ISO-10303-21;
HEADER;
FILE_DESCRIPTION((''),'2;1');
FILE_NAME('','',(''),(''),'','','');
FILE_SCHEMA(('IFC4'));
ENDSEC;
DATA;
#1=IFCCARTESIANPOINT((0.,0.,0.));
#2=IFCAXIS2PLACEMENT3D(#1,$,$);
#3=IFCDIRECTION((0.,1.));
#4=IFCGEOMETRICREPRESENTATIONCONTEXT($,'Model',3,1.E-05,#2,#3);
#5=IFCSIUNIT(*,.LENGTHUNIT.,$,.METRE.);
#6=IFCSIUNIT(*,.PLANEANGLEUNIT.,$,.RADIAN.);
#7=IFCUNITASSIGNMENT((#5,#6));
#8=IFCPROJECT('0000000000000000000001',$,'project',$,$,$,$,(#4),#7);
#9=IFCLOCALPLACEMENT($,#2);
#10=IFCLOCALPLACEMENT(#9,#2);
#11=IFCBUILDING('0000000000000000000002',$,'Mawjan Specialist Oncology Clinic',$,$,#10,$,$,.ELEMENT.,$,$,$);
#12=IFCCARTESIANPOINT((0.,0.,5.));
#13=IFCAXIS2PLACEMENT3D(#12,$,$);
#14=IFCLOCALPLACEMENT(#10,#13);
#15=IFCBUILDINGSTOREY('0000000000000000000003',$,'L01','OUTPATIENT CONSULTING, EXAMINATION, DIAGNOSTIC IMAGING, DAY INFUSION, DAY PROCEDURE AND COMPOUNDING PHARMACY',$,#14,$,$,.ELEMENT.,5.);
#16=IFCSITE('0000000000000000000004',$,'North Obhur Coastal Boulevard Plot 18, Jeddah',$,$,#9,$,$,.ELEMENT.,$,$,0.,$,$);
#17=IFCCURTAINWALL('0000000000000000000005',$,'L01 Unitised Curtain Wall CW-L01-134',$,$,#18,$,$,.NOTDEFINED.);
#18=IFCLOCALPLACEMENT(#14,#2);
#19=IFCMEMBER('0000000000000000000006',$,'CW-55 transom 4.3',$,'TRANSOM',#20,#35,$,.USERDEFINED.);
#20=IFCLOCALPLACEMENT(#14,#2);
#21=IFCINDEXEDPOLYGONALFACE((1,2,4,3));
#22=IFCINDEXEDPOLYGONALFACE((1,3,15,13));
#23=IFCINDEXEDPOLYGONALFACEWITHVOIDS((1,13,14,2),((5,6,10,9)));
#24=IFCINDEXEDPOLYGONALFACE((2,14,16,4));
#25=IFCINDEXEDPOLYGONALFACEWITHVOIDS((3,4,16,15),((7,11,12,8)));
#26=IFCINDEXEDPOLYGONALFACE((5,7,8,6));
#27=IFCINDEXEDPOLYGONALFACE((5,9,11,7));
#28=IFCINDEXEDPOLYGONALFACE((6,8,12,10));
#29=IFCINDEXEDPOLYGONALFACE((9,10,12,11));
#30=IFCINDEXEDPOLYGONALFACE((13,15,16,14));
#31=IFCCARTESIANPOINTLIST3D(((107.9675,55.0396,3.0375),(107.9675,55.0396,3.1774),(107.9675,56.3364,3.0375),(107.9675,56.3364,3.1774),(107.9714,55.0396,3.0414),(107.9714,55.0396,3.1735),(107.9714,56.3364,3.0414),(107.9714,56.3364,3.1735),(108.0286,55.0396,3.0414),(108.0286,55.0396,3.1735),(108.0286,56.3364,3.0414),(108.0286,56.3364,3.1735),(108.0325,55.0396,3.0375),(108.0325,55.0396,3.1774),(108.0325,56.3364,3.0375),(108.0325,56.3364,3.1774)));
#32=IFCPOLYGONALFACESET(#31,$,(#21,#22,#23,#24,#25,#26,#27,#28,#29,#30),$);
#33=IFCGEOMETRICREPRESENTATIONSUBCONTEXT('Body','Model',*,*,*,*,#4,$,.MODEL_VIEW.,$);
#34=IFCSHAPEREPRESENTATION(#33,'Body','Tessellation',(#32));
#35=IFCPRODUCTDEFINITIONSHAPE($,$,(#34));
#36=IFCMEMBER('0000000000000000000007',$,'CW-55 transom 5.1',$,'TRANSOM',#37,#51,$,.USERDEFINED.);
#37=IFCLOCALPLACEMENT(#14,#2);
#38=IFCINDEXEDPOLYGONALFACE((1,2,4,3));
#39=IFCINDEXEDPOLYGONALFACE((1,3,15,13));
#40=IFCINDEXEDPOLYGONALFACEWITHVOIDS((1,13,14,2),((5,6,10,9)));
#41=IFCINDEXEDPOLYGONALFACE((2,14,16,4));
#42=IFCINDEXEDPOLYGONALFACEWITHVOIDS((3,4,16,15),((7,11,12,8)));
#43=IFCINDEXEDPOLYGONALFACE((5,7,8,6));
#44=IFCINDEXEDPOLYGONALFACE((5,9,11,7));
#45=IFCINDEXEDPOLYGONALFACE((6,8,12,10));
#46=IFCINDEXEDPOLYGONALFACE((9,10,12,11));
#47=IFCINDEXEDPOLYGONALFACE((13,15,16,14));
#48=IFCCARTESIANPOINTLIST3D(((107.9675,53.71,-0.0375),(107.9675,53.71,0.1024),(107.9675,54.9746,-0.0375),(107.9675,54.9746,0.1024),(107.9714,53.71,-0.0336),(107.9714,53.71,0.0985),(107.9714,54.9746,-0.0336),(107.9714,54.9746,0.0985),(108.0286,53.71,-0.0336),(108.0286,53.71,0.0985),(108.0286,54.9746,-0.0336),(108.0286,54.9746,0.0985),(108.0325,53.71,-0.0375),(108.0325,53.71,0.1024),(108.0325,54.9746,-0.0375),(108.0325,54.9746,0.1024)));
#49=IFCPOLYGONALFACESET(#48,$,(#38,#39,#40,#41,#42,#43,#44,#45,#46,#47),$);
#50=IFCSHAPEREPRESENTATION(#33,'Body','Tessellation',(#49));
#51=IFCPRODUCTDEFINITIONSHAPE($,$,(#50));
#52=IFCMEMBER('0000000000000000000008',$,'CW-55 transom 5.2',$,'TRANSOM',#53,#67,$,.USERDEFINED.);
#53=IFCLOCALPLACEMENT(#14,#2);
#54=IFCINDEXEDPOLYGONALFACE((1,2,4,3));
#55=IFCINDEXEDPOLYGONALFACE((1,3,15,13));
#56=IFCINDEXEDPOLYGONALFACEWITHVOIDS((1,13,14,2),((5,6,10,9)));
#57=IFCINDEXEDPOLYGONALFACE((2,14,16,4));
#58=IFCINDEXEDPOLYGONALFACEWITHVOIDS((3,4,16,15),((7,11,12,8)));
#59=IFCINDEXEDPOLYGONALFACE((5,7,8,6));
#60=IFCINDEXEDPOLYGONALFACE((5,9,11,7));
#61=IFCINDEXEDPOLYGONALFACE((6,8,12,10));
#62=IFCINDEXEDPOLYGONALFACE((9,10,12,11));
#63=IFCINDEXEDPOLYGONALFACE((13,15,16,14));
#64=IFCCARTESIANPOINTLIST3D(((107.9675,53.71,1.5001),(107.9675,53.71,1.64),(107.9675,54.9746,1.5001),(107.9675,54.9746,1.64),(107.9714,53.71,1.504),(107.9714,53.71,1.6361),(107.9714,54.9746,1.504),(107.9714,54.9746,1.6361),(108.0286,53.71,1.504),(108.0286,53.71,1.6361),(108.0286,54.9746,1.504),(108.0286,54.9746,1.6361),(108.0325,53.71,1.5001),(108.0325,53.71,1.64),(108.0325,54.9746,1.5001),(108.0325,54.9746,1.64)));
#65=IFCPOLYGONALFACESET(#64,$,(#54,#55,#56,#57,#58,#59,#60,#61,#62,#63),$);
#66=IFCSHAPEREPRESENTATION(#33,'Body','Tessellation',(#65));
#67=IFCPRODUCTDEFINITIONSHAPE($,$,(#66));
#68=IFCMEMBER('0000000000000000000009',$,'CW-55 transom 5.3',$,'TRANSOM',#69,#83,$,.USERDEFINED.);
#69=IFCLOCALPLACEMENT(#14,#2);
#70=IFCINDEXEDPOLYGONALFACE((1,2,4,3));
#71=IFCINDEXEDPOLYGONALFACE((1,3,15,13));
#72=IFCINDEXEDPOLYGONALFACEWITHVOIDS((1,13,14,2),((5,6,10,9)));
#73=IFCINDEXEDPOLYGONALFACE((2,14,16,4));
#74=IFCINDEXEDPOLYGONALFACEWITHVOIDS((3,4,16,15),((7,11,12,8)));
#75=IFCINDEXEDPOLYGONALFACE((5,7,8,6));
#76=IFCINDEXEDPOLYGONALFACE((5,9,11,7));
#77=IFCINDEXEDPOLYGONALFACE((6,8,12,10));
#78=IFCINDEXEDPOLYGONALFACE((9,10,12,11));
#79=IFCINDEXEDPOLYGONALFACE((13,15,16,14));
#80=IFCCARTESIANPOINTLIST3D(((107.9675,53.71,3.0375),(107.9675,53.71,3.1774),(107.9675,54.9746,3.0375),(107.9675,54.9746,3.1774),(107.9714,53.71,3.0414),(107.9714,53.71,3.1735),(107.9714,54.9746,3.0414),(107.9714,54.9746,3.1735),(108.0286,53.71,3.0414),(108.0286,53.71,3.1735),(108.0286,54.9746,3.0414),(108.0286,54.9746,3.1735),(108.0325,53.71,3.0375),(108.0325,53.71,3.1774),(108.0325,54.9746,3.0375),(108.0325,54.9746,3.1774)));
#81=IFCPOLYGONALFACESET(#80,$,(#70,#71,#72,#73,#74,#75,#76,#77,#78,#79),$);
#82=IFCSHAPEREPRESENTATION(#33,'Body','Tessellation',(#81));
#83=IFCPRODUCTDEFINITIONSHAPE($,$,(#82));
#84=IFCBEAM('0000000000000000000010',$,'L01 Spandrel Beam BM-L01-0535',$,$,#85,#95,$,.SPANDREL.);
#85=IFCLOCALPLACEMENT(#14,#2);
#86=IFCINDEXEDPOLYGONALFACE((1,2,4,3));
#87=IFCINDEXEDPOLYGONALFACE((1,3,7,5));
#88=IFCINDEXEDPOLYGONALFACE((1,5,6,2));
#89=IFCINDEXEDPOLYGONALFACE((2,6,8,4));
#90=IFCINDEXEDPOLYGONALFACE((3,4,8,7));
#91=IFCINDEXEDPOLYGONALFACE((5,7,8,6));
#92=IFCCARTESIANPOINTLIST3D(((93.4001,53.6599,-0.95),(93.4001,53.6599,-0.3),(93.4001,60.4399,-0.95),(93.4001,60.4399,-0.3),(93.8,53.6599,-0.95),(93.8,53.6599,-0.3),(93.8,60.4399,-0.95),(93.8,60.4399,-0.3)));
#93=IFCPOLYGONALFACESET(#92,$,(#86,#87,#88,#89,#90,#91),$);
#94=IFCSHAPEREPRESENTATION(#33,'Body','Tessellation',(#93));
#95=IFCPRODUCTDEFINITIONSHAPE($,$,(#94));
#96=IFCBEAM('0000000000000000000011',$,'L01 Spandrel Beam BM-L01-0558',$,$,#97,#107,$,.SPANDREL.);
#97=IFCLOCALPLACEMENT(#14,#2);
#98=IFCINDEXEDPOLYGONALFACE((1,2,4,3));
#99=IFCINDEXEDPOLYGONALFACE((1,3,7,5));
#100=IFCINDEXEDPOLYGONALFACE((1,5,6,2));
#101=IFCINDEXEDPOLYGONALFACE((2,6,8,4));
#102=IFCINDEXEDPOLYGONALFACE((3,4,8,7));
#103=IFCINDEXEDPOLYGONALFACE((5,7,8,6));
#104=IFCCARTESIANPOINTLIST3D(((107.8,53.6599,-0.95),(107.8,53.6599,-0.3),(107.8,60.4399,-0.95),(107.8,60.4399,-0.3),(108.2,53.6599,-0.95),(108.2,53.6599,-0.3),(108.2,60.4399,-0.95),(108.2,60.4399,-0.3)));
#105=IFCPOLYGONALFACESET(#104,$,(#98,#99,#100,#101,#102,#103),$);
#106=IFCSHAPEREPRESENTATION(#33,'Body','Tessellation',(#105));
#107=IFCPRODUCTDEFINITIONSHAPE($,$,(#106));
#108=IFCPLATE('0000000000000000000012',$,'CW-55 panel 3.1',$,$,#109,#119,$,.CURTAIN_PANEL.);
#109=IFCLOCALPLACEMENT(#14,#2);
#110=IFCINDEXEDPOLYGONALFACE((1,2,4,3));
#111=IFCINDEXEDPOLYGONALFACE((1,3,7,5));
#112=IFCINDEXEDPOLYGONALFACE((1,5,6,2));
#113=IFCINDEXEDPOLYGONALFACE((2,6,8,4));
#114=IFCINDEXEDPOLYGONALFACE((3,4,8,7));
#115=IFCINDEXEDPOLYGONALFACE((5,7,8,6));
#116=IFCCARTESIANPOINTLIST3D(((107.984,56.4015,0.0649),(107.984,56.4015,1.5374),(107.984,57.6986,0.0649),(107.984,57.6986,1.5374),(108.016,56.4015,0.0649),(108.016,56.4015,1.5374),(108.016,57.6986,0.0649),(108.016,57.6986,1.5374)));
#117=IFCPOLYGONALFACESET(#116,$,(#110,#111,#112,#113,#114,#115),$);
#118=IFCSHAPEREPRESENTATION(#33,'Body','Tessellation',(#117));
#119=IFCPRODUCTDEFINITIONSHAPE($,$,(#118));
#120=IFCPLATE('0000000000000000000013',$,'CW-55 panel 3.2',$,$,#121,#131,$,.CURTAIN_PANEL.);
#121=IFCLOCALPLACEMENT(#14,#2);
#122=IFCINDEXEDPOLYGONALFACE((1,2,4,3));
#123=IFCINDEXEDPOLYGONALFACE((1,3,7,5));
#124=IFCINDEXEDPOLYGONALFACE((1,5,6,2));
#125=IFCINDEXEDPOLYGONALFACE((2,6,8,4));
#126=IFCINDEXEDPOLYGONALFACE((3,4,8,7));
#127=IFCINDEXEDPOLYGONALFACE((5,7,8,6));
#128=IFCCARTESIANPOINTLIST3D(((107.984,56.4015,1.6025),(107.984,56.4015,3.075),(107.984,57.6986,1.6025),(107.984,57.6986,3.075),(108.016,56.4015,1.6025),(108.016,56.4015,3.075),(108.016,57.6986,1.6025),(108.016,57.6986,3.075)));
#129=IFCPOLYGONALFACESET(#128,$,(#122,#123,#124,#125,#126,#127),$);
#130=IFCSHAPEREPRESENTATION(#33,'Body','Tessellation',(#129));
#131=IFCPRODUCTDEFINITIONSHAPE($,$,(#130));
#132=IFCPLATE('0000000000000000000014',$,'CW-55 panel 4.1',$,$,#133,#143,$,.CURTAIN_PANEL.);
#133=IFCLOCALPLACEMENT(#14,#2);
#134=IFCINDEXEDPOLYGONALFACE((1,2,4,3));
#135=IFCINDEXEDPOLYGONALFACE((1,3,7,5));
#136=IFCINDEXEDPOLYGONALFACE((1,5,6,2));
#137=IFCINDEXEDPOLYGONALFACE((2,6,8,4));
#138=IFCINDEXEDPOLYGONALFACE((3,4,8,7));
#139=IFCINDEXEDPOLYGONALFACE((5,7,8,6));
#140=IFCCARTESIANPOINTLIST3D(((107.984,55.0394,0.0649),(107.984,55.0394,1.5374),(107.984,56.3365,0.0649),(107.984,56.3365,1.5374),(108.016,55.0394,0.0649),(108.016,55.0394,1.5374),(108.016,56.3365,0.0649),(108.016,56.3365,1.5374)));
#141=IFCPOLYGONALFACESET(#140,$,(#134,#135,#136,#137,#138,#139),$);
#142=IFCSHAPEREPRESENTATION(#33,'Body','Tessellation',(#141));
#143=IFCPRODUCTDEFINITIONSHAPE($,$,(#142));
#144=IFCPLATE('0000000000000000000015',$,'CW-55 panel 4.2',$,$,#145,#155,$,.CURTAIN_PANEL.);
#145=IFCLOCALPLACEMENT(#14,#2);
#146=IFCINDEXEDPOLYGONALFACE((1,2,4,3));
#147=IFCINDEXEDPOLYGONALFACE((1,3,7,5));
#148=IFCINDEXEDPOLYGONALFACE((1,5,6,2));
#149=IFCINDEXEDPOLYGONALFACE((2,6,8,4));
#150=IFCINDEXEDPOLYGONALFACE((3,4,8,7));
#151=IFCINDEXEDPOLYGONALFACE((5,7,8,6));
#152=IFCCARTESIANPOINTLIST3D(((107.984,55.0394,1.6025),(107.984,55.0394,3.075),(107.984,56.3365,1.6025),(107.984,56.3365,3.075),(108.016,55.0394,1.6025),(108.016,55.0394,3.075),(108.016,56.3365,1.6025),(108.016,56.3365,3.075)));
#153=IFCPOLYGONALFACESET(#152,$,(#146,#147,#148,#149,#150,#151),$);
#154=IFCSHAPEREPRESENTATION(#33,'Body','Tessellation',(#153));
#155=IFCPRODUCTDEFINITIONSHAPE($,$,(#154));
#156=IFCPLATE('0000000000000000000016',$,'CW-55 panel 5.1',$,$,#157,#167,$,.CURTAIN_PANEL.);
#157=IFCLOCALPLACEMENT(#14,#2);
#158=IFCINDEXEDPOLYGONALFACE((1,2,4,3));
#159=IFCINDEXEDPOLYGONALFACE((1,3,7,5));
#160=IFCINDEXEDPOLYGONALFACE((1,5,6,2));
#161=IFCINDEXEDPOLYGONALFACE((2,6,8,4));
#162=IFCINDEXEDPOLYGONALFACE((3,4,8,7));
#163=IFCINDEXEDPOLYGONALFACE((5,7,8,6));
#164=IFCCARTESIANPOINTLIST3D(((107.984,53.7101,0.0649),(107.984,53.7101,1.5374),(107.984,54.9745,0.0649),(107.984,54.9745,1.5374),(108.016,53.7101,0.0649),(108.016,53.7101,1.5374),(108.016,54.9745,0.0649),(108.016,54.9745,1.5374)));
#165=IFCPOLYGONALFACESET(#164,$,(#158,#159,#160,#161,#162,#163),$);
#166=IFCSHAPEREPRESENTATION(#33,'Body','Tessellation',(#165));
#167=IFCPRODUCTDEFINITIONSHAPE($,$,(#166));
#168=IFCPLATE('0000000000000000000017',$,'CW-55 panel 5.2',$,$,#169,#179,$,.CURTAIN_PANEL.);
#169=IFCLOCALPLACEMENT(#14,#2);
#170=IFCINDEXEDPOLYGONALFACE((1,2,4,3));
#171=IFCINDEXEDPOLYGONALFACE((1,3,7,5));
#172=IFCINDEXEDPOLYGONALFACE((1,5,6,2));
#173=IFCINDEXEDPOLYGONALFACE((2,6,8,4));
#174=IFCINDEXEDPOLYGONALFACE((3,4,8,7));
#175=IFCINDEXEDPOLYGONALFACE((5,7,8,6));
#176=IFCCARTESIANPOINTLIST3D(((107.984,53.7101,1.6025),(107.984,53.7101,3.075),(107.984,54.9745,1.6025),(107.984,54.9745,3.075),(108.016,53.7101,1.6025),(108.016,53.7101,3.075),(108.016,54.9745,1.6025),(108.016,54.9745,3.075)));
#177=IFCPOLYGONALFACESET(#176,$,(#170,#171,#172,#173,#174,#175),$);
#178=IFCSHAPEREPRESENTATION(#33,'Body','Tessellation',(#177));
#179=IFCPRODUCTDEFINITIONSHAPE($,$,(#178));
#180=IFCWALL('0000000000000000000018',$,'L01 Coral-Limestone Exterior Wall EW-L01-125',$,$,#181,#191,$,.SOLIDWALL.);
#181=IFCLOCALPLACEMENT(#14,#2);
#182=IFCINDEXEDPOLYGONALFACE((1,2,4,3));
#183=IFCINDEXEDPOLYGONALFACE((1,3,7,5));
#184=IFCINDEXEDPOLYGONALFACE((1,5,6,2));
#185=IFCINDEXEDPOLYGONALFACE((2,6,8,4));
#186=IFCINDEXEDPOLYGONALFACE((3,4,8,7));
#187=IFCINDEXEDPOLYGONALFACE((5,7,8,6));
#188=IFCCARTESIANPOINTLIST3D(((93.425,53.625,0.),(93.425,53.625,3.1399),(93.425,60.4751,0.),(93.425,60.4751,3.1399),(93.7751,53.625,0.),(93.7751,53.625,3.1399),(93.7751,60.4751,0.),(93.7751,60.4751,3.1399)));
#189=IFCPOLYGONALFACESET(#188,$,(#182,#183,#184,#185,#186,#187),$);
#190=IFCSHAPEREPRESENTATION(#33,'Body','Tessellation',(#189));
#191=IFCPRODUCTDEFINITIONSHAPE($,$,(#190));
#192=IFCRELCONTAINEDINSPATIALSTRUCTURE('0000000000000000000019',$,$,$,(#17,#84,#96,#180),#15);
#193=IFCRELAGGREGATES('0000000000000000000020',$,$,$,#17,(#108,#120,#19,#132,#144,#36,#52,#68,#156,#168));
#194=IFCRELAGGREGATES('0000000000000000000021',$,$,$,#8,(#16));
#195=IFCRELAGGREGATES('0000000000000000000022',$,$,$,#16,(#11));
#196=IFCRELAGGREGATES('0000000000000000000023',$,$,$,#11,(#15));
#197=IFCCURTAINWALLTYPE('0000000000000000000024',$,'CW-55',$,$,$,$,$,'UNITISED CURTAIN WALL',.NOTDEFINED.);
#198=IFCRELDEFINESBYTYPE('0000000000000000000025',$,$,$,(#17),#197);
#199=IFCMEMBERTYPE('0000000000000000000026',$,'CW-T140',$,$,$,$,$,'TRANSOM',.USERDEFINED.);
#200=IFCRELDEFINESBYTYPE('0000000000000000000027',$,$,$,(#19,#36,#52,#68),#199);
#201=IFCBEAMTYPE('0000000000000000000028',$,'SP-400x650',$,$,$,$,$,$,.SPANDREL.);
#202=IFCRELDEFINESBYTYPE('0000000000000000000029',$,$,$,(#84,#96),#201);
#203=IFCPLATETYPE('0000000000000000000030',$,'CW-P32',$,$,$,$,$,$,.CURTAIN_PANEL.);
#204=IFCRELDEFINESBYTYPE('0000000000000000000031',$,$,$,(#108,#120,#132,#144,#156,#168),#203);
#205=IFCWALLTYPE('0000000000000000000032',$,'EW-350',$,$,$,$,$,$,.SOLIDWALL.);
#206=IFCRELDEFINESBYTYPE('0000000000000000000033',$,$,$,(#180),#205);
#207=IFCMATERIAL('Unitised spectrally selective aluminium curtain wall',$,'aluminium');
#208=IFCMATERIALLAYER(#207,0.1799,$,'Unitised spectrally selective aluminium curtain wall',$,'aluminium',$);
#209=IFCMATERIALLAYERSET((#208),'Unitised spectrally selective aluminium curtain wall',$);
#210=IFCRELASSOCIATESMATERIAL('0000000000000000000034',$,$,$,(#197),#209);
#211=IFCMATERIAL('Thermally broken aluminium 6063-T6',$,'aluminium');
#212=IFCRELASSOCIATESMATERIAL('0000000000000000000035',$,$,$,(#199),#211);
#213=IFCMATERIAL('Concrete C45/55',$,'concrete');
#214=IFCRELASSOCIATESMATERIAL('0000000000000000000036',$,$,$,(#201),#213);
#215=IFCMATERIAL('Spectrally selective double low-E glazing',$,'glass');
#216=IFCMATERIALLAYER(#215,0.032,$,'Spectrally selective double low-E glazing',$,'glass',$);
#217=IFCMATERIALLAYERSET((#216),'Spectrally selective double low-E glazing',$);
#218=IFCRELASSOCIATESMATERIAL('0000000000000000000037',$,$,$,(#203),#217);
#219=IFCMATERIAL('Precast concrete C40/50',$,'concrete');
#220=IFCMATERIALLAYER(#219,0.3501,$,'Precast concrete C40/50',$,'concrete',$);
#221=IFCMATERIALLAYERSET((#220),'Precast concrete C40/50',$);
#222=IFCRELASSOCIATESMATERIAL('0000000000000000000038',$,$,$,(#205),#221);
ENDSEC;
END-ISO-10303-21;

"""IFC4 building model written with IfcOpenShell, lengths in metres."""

from ifc_helpers import new_model, si_unit, direction, frame, frame_2d, origin, origin_2d, place, context, subcontext, project, spatial, rectangle, hollow_rectangle, extrude, material, layer, layer_set, material_profile, profile_set, type_object, element, aggregate, save


model = new_model("IFC4")

# Units and contexts
model_context = context("Model", 3, precision=1e-05, world=origin(), true_north=direction((0.0, 1.0)))
body_context = subcontext(model_context, "Body", "Model", "MODEL_VIEW")
ifc_project = project(units=[si_unit("LENGTHUNIT", "METRE"), si_unit("PLANEANGLEUNIT", "RADIAN")], contexts=[model_context])

# Site, building, storey
site_placement = place(None, origin())
site = spatial("IfcSite", under=ifc_project, at=site_placement, Name="North Obhur Coastal Boulevard Plot 18, Jeddah", CompositionType="ELEMENT", RefElevation=0.0)
building_placement = place(site_placement, origin())
building = spatial("IfcBuilding", under=site, at=building_placement, Name="Mawjan Specialist Oncology Clinic", CompositionType="ELEMENT")
storey_placement = place(building_placement, frame((0.0, 0.0, 5.0)))
storey = spatial("IfcBuildingStorey", under=building, at=storey_placement, Name="L01", Description="OUTPATIENT CONSULTING, EXAMINATION, DIAGNOSTIC IMAGING, DAY INFUSION, DAY PROCEDURE AND COMPOUNDING PHARMACY", CompositionType="ELEMENT", Elevation=5.0)

# Curtain wall, members
ifc_material_1 = material(Name="Unitised spectrally selective aluminium curtain wall", Category="aluminium")
ifc_layer_1 = layer(ifc_material_1, 0.1799, Name="Unitised spectrally selective aluminium curtain wall", Category="aluminium")
ifc_layer_set_1 = layer_set([ifc_layer_1], Name="Unitised spectrally selective aluminium curtain wall")
curtain_wall_type = type_object("IfcCurtainWallType", Name="CW-55", ElementType="UNITISED CURTAIN WALL", PredefinedType="NOTDEFINED", material=ifc_layer_set_1)
curtain_wall_placement = place(storey_placement, origin())
curtain_wall = element("IfcCurtainWall", 1, at=curtain_wall_placement, inside=storey, type_object=curtain_wall_type, Name="L01 Unitised Curtain Wall CW-L01-134", PredefinedType="NOTDEFINED")
ifc_material_2 = material(Name="Thermally broken aluminium 6063-T6", Category="aluminium")
ifc_material_profile_1 = material_profile(ifc_material_2, hollow_rectangle(XDim=0.0649, YDim=0.1399, WallThickness=0.0039, at=origin_2d()), Name="ALU TRANSOM 140x65x4", Category="aluminium")
ifc_profile_set_1 = profile_set([ifc_material_profile_1], Name="Thermally broken aluminium 6063-T6")
member_type_1 = type_object("IfcMemberType", Name="CW-T140", ElementType="TRANSOM", PredefinedType="USERDEFINED", material=ifc_profile_set_1)
member_1_placement = place(storey_placement, frame((108.0, 56.3364, 3.1074), z_axis=(0.0, -1.0, 0.0), x_axis=(1.0, 0.0, 0.0)))
member_1 = element("IfcMember", 2, at=member_1_placement, type_object=member_type_1, Name="CW-55 transom 4.3", ObjectType="TRANSOM", PredefinedType="USERDEFINED", context=body_context, shape_type="SweptSolid", body=[
    extrude(hollow_rectangle(XDim=0.0649, YDim=0.1399, WallThickness=0.0039, at=origin_2d()), origin(), (0.0, 0.0, 1.0), 1.2969),
])
member_2_placement = place(storey_placement, frame((108.0, 54.9746, 0.0325), z_axis=(0.0, -1.0, 0.0), x_axis=(1.0, 0.0, 0.0)))
member_2 = element("IfcMember", 3, at=member_2_placement, type_object=member_type_1, Name="CW-55 transom 5.1", ObjectType="TRANSOM", PredefinedType="USERDEFINED", context=body_context, shape_type="SweptSolid", body=[
    extrude(hollow_rectangle(XDim=0.0649, YDim=0.1399, WallThickness=0.0039, at=origin_2d()), origin(), (0.0, 0.0, 1.0), 1.2646),
])
member_3_placement = place(storey_placement, frame((108.0, 54.9746, 1.5701), z_axis=(0.0, -1.0, 0.0), x_axis=(1.0, 0.0, 0.0)))
member_3 = element("IfcMember", 4, at=member_3_placement, type_object=member_type_1, Name="CW-55 transom 5.2", ObjectType="TRANSOM", PredefinedType="USERDEFINED", context=body_context, shape_type="SweptSolid", body=[
    extrude(hollow_rectangle(XDim=0.0649, YDim=0.1399, WallThickness=0.0039, at=origin_2d()), origin(), (0.0, 0.0, 1.0), 1.2646),
])
member_4_placement = place(storey_placement, frame((108.0, 54.9746, 3.1074), z_axis=(0.0, -1.0, 0.0), x_axis=(1.0, 0.0, 0.0)))
member_4 = element("IfcMember", 5, at=member_4_placement, type_object=member_type_1, Name="CW-55 transom 5.3", ObjectType="TRANSOM", PredefinedType="USERDEFINED", context=body_context, shape_type="SweptSolid", body=[
    extrude(hollow_rectangle(XDim=0.0649, YDim=0.1399, WallThickness=0.0039, at=origin_2d()), origin(), (0.0, 0.0, 1.0), 1.2646),
])

# Beams
ifc_material_3 = material(Name="Concrete C45/55", Category="concrete")
ifc_material_profile_2 = material_profile(ifc_material_3, rectangle(XDim=0.3999, YDim=0.6499, at=origin_2d()), Name="RC BM 400x650", Category="concrete")
ifc_profile_set_2 = profile_set([ifc_material_profile_2], Name="Concrete C45/55")
beam_type_1 = type_object("IfcBeamType", Name="SP-400x650", PredefinedType="SPANDREL", material=ifc_profile_set_2)
for number, where, z_axis, x_axis, name in (
    (6, (93.6001, 53.6599, -0.625), (0.0, 1.0, 0.0), (-1.0, 0.0, 0.0), "L01 Spandrel Beam BM-L01-0535"),
    (7, (108.0, 53.6599, -0.625), (0.0, 1.0, 0.0), (-1.0, 0.0, 0.0), "L01 Spandrel Beam BM-L01-0558"),
):
    element("IfcBeam", number, at=place(storey_placement, frame(where, z_axis=z_axis, x_axis=x_axis)), inside=storey, type_object=beam_type_1, Name=name, PredefinedType="SPANDREL", context=body_context, shape_type="SweptSolid", body=[
        extrude(rectangle(XDim=0.3999, YDim=0.6499, at=origin_2d()), origin(), (0.0, 0.0, 1.0), 6.78),
    ])

# Plates
ifc_material_4 = material(Name="Spectrally selective double low-E glazing", Category="glass")
ifc_layer_2 = layer(ifc_material_4, 0.032, Name="Spectrally selective double low-E glazing", Category="glass")
ifc_layer_set_2 = layer_set([ifc_layer_2], Name="Spectrally selective double low-E glazing")
plate_type = type_object("IfcPlateType", Name="CW-P32", PredefinedType="CURTAIN_PANEL", material=ifc_layer_set_2)
plate_1_placement = place(storey_placement, frame((108.0, 57.05, 0.0649), z_axis=(0.0, 0.0, 1.0), x_axis=(0.0, -1.0, 0.0)))
plate_1 = element("IfcPlate", 8, at=plate_1_placement, type_object=plate_type, Name="CW-55 panel 3.1", PredefinedType="CURTAIN_PANEL", context=body_context, shape_type="SweptSolid", body=[
    extrude(rectangle(XDim=1.2971, YDim=0.032, at=origin_2d()), origin(), (0.0, 0.0, 1.0), 1.4724),
])
plate_2_placement = place(storey_placement, frame((108.0, 57.05, 1.6025), z_axis=(0.0, 0.0, 1.0), x_axis=(0.0, -1.0, 0.0)))
plate_2 = element("IfcPlate", 9, at=plate_2_placement, type_object=plate_type, Name="CW-55 panel 3.2", PredefinedType="CURTAIN_PANEL", context=body_context, shape_type="SweptSolid", body=[
    extrude(rectangle(XDim=1.2971, YDim=0.032, at=origin_2d()), origin(), (0.0, 0.0, 1.0), 1.4724),
])
plate_3_placement = place(storey_placement, frame((108.0, 55.688, 0.0649), z_axis=(0.0, 0.0, 1.0), x_axis=(0.0, -1.0, 0.0)))
plate_3 = element("IfcPlate", 10, at=plate_3_placement, type_object=plate_type, Name="CW-55 panel 4.1", PredefinedType="CURTAIN_PANEL", context=body_context, shape_type="SweptSolid", body=[
    extrude(rectangle(XDim=1.2971, YDim=0.032, at=origin_2d()), origin(), (0.0, 0.0, 1.0), 1.4724),
])
plate_4_placement = place(storey_placement, frame((108.0, 55.688, 1.6025), z_axis=(0.0, 0.0, 1.0), x_axis=(0.0, -1.0, 0.0)))
plate_4 = element("IfcPlate", 11, at=plate_4_placement, type_object=plate_type, Name="CW-55 panel 4.2", PredefinedType="CURTAIN_PANEL", context=body_context, shape_type="SweptSolid", body=[
    extrude(rectangle(XDim=1.2971, YDim=0.032, at=origin_2d()), origin(), (0.0, 0.0, 1.0), 1.4724),
])
plate_5_placement = place(storey_placement, frame((108.0, 54.3423, 0.0649), z_axis=(0.0, 0.0, 1.0), x_axis=(0.0, -1.0, 0.0)))
plate_5 = element("IfcPlate", 12, at=plate_5_placement, type_object=plate_type, Name="CW-55 panel 5.1", PredefinedType="CURTAIN_PANEL", context=body_context, shape_type="SweptSolid", body=[
    extrude(rectangle(XDim=1.2644, YDim=0.032, at=origin_2d()), origin(), (0.0, 0.0, 1.0), 1.4724),
])
plate_6_placement = place(storey_placement, frame((108.0, 54.3423, 1.6025), z_axis=(0.0, 0.0, 1.0), x_axis=(0.0, -1.0, 0.0)))
plate_6 = element("IfcPlate", 13, at=plate_6_placement, type_object=plate_type, Name="CW-55 panel 5.2", PredefinedType="CURTAIN_PANEL", context=body_context, shape_type="SweptSolid", body=[
    extrude(rectangle(XDim=1.2644, YDim=0.032, at=origin_2d()), origin(), (0.0, 0.0, 1.0), 1.4724),
])
aggregate(curtain_wall, [plate_1, plate_2, member_1, plate_3, plate_4, member_2, member_3, member_4, plate_5, plate_6])

# Wall
ifc_material_5 = material(Name="Precast concrete C40/50", Category="concrete")
ifc_layer_3 = layer(ifc_material_5, 0.3501, Name="Precast concrete C40/50", Category="concrete")
ifc_layer_set_3 = layer_set([ifc_layer_3], Name="Precast concrete C40/50")
wall_type = type_object("IfcWallType", Name="EW-350", PredefinedType="SOLIDWALL", material=ifc_layer_set_3)
wall_1_placement = place(storey_placement, frame((93.6001, 53.625, 0.0), z_axis=(0.0, 0.0, 1.0), x_axis=(0.0, 1.0, 0.0)))
element("IfcWall", 14, at=wall_1_placement, inside=storey, type_object=wall_type, Name="L01 Coral-Limestone Exterior Wall EW-L01-125", PredefinedType="SOLIDWALL", context=body_context, shape_type="SweptSolid", body=[
    extrude(rectangle(XDim=6.8501, YDim=0.3501, at=frame_2d((3.425, 0.0))), origin(), (0.0, 0.0, 1.0), 3.1399),
])

save(model, "model.ifc")
